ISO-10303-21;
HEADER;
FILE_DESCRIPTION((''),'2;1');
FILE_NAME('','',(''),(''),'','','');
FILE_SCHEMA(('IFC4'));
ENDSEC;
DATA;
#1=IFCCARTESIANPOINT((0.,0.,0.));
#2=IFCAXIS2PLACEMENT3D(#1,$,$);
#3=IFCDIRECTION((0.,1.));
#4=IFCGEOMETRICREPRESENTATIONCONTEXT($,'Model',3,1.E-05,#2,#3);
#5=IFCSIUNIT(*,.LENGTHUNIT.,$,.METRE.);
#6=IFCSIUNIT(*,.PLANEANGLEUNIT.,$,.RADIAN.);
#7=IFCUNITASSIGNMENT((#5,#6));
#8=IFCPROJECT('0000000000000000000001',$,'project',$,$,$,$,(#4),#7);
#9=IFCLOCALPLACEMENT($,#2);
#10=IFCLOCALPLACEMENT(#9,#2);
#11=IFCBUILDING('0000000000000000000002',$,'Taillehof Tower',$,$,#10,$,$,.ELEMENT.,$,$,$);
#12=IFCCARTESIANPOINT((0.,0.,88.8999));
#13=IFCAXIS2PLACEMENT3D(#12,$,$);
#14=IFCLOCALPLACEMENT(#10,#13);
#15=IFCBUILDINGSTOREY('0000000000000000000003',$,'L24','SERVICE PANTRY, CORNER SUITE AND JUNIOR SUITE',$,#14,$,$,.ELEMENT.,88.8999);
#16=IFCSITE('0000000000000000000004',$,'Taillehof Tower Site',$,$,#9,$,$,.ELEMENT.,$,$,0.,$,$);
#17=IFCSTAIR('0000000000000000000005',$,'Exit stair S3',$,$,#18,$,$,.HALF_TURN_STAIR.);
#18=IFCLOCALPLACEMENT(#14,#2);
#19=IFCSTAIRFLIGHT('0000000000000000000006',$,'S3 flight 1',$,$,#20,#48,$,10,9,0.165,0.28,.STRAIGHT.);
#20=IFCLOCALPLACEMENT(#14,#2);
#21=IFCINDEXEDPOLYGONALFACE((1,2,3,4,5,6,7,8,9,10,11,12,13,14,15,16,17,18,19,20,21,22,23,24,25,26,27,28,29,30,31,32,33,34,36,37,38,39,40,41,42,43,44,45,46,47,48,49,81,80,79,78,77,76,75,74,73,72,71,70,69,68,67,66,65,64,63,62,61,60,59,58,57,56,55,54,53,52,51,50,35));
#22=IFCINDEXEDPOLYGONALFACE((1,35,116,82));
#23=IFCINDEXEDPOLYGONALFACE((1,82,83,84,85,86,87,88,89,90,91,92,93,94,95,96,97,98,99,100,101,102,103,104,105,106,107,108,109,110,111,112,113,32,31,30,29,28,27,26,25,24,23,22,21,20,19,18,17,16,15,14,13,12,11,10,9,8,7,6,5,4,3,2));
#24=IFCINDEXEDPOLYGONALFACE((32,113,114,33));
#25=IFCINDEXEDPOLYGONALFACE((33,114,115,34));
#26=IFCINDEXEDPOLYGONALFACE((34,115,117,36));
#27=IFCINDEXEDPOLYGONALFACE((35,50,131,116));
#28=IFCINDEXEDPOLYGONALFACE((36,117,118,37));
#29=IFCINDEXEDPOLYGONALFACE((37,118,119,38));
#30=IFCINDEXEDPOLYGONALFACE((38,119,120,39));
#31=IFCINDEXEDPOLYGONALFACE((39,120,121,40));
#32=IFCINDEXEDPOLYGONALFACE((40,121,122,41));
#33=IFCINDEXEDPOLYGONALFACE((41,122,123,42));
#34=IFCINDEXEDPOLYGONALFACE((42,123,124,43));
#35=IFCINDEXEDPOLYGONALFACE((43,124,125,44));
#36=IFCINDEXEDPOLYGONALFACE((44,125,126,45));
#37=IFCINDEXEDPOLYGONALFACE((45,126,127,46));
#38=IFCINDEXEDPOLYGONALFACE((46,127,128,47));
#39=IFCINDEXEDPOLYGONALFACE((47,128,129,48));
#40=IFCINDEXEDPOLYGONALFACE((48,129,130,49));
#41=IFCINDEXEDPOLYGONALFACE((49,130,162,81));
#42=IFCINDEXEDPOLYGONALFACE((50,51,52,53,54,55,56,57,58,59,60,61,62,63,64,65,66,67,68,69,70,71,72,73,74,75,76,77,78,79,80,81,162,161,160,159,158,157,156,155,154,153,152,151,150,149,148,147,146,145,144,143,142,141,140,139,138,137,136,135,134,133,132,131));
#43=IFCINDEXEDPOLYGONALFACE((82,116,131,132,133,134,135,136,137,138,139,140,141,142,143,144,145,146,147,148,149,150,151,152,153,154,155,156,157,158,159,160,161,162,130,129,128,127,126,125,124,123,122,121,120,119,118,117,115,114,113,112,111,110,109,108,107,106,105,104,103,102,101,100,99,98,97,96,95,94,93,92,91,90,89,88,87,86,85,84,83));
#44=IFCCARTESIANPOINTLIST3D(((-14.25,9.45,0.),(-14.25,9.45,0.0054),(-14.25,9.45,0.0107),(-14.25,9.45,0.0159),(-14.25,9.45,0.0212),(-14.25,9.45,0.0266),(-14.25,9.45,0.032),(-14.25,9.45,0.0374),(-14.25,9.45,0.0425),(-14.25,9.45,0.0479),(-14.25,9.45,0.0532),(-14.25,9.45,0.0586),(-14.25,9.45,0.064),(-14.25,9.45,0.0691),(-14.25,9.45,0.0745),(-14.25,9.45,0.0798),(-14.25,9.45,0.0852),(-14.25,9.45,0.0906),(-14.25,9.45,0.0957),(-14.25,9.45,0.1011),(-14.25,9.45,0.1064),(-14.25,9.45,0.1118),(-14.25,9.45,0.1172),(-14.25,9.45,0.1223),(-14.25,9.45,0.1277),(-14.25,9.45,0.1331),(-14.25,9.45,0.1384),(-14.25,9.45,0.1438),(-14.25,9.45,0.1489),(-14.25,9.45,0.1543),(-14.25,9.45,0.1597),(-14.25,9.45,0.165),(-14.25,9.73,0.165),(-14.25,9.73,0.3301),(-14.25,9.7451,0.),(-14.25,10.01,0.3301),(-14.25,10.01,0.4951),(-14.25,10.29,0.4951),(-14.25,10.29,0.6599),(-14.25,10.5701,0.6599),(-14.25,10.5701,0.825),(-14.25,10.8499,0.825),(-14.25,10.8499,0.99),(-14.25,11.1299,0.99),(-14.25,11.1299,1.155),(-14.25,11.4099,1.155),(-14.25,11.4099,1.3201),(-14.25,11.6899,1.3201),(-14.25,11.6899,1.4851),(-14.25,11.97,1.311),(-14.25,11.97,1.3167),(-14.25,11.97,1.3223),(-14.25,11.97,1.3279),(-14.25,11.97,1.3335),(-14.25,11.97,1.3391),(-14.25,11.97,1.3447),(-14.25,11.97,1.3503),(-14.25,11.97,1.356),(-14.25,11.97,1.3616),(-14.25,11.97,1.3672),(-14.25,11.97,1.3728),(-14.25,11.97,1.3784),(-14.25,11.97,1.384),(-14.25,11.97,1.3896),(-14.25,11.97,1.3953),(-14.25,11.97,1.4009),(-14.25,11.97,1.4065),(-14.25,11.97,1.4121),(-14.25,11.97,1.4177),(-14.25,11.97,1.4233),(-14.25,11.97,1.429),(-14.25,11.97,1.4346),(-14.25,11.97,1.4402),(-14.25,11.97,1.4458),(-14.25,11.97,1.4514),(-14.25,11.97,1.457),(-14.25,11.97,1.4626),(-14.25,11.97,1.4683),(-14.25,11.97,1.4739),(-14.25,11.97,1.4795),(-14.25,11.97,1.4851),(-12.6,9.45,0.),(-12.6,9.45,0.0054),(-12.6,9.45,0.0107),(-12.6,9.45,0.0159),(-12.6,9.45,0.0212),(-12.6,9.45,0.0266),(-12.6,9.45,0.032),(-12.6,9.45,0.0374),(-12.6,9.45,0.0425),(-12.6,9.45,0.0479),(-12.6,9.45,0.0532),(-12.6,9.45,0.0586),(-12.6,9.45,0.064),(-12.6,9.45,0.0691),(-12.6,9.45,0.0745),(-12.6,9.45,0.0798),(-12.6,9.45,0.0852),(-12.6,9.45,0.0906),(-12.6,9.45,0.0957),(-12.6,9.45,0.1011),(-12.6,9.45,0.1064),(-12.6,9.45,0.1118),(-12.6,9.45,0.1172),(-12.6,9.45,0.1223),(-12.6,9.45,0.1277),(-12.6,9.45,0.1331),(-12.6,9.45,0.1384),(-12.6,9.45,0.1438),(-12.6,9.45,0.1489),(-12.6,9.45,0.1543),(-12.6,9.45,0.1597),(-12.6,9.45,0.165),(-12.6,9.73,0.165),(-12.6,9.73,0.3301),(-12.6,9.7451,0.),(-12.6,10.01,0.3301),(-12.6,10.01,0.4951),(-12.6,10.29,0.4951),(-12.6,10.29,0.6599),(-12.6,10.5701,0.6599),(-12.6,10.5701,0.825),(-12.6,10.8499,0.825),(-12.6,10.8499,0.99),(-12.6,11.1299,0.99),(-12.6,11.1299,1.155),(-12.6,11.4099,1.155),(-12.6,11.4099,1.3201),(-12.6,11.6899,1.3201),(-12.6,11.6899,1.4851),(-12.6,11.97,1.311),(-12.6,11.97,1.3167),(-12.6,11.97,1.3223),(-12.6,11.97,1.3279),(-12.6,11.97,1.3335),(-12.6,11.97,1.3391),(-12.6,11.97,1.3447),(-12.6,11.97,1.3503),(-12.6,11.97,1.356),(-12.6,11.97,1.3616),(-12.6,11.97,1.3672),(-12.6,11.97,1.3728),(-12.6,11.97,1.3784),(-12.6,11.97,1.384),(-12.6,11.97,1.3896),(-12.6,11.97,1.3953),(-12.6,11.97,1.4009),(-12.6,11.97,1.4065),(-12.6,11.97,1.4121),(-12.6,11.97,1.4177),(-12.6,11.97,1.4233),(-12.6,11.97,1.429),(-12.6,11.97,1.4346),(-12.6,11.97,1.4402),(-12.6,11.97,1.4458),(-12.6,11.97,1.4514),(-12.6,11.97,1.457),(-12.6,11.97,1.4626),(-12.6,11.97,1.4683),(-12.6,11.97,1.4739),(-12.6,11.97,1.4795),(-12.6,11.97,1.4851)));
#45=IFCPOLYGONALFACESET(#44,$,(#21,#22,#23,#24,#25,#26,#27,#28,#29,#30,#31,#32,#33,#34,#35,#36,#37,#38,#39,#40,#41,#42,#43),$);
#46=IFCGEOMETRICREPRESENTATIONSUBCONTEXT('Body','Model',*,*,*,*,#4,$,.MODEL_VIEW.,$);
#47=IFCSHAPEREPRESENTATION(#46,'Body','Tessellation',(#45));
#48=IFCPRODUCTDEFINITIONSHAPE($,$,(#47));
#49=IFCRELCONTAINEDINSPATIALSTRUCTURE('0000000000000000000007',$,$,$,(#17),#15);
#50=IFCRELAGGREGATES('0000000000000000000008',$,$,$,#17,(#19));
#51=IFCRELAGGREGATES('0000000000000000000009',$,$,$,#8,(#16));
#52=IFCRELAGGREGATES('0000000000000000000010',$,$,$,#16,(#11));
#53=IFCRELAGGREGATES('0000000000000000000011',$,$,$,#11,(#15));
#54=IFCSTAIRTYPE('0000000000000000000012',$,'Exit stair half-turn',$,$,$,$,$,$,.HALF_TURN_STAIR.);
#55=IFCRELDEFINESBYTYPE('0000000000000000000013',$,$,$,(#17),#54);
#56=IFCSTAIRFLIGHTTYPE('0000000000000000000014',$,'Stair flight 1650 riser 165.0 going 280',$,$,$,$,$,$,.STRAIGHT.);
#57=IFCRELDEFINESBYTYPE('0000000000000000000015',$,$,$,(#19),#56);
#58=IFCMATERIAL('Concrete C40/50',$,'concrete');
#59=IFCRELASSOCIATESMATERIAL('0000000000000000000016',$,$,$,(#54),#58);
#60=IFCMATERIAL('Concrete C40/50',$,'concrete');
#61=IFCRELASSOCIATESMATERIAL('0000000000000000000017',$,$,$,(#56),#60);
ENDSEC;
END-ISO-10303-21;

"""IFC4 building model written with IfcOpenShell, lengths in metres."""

from ifc_helpers import new_model, si_unit, direction, frame, origin, place, context, subcontext, project, spatial, polyline, outline, extrude, material, type_object, element, aggregate, save


model = new_model("IFC4")

# Units and contexts
model_context = context("Model", 3, precision=1e-05, world=origin(), true_north=direction((0.0, 1.0)))
body_context = subcontext(model_context, "Body", "Model", "MODEL_VIEW")
ifc_project = project(units=[si_unit("LENGTHUNIT", "METRE"), si_unit("PLANEANGLEUNIT", "RADIAN")], contexts=[model_context])

# Site, building, storey
site_placement = place(None, origin())
site = spatial("IfcSite", under=ifc_project, at=site_placement, Name="Taillehof Tower Site", CompositionType="ELEMENT", RefElevation=0.0)
building_placement = place(site_placement, origin())
building = spatial("IfcBuilding", under=site, at=building_placement, Name="Taillehof Tower", CompositionType="ELEMENT")
storey_placement = place(building_placement, frame((0.0, 0.0, 88.8999)))
storey = spatial("IfcBuildingStorey", under=building, at=storey_placement, Name="L24", Description="SERVICE PANTRY, CORNER SUITE AND JUNIOR SUITE", CompositionType="ELEMENT", Elevation=88.8999)

# Stair, stair flight
ifc_material_1 = material(Name="Concrete C40/50", Category="concrete")
stair_type = type_object("IfcStairType", Name="Exit stair half-turn", PredefinedType="HALF_TURN_STAIR", material=ifc_material_1)
stair_placement = place(storey_placement, origin())
stair = element("IfcStair", 1, at=stair_placement, inside=storey, type_object=stair_type, Name="Exit stair S3", PredefinedType="HALF_TURN_STAIR")
ifc_material_2 = material(Name="Concrete C40/50", Category="concrete")
stair_flight_type = type_object("IfcStairFlightType", Name="Stair flight 1650 riser 165.0 going 280", PredefinedType="STRAIGHT", material=ifc_material_2)
stair_flight_placement = place(storey_placement, frame((-13.425, 9.45, 0.0), z_axis=(0.0, 0.0, 1.0), x_axis=(0.0, 1.0, 0.0)))
stair_flight = element("IfcStairFlight", 2, at=stair_flight_placement, type_object=stair_flight_type, Name="S3 flight 1", NumberOfRisers=10, NumberOfTreads=9, PredefinedType="STRAIGHT", RiserHeight=0.165, TreadLength=0.28, context=body_context, shape_type="SweptSolid", body=[
    extrude(outline(polyline([(0.0, 0.0), (0.0, 0.0054), (0.0, 0.0107), (0.0, 0.0159), (0.0, 0.0212), (0.0, 0.0266), (0.0, 0.032), (0.0, 0.0374), (0.0, 0.0425), (0.0, 0.0479), (0.0, 0.0532), (0.0, 0.0586), (0.0, 0.064), (0.0, 0.0691), (0.0, 0.0745), (0.0, 0.0798), (0.0, 0.0852), (0.0, 0.0906), (0.0, 0.0957), (0.0, 0.1011), (0.0, 0.1064), (0.0, 0.1118), (0.0, 0.1172), (0.0, 0.1223), (0.0, 0.1277), (0.0, 0.1331), (0.0, 0.1384), (0.0, 0.1438), (0.0, 0.1489), (0.0, 0.1543), (0.0, 0.1597), (0.0, 0.165), (0.28, 0.165), (0.28, 0.3301), (0.5601, 0.3301), (0.5601, 0.4951), (0.8401, 0.4951), (0.8401, 0.6599), (1.1201, 0.6599), (1.1201, 0.825), (1.3999, 0.825), (1.3999, 0.99), (1.6799, 0.99), (1.6799, 1.155), (1.96, 1.155), (1.96, 1.3201), (2.24, 1.3201), (2.24, 1.4851), (2.52, 1.4851), (2.52, 1.4795), (2.52, 1.4739), (2.52, 1.4683), (2.52, 1.4626), (2.52, 1.457), (2.52, 1.4514), (2.52, 1.4458), (2.52, 1.4402), (2.52, 1.4346), (2.52, 1.429), (2.52, 1.4233), (2.52, 1.4177), (2.52, 1.4121), (2.52, 1.4065), (2.52, 1.4009), (2.52, 1.3953), (2.52, 1.3896), (2.52, 1.384), (2.52, 1.3784), (2.52, 1.3728), (2.52, 1.3672), (2.52, 1.3616), (2.52, 1.356), (2.52, 1.3503), (2.52, 1.3447), (2.52, 1.3391), (2.52, 1.3335), (2.52, 1.3279), (2.52, 1.3223), (2.52, 1.3167), (2.52, 1.311), (0.2952, 0.0), (0.0, 0.0)])), frame((0.0, 0.825, 0.0), z_axis=(0.0, -1.0, 0.0), x_axis=(1.0, 0.0, 0.0)), (0.0, 0.0, 1.0), 1.65),
])
aggregate(stair, [stair_flight])

save(model, "model.ifc")
